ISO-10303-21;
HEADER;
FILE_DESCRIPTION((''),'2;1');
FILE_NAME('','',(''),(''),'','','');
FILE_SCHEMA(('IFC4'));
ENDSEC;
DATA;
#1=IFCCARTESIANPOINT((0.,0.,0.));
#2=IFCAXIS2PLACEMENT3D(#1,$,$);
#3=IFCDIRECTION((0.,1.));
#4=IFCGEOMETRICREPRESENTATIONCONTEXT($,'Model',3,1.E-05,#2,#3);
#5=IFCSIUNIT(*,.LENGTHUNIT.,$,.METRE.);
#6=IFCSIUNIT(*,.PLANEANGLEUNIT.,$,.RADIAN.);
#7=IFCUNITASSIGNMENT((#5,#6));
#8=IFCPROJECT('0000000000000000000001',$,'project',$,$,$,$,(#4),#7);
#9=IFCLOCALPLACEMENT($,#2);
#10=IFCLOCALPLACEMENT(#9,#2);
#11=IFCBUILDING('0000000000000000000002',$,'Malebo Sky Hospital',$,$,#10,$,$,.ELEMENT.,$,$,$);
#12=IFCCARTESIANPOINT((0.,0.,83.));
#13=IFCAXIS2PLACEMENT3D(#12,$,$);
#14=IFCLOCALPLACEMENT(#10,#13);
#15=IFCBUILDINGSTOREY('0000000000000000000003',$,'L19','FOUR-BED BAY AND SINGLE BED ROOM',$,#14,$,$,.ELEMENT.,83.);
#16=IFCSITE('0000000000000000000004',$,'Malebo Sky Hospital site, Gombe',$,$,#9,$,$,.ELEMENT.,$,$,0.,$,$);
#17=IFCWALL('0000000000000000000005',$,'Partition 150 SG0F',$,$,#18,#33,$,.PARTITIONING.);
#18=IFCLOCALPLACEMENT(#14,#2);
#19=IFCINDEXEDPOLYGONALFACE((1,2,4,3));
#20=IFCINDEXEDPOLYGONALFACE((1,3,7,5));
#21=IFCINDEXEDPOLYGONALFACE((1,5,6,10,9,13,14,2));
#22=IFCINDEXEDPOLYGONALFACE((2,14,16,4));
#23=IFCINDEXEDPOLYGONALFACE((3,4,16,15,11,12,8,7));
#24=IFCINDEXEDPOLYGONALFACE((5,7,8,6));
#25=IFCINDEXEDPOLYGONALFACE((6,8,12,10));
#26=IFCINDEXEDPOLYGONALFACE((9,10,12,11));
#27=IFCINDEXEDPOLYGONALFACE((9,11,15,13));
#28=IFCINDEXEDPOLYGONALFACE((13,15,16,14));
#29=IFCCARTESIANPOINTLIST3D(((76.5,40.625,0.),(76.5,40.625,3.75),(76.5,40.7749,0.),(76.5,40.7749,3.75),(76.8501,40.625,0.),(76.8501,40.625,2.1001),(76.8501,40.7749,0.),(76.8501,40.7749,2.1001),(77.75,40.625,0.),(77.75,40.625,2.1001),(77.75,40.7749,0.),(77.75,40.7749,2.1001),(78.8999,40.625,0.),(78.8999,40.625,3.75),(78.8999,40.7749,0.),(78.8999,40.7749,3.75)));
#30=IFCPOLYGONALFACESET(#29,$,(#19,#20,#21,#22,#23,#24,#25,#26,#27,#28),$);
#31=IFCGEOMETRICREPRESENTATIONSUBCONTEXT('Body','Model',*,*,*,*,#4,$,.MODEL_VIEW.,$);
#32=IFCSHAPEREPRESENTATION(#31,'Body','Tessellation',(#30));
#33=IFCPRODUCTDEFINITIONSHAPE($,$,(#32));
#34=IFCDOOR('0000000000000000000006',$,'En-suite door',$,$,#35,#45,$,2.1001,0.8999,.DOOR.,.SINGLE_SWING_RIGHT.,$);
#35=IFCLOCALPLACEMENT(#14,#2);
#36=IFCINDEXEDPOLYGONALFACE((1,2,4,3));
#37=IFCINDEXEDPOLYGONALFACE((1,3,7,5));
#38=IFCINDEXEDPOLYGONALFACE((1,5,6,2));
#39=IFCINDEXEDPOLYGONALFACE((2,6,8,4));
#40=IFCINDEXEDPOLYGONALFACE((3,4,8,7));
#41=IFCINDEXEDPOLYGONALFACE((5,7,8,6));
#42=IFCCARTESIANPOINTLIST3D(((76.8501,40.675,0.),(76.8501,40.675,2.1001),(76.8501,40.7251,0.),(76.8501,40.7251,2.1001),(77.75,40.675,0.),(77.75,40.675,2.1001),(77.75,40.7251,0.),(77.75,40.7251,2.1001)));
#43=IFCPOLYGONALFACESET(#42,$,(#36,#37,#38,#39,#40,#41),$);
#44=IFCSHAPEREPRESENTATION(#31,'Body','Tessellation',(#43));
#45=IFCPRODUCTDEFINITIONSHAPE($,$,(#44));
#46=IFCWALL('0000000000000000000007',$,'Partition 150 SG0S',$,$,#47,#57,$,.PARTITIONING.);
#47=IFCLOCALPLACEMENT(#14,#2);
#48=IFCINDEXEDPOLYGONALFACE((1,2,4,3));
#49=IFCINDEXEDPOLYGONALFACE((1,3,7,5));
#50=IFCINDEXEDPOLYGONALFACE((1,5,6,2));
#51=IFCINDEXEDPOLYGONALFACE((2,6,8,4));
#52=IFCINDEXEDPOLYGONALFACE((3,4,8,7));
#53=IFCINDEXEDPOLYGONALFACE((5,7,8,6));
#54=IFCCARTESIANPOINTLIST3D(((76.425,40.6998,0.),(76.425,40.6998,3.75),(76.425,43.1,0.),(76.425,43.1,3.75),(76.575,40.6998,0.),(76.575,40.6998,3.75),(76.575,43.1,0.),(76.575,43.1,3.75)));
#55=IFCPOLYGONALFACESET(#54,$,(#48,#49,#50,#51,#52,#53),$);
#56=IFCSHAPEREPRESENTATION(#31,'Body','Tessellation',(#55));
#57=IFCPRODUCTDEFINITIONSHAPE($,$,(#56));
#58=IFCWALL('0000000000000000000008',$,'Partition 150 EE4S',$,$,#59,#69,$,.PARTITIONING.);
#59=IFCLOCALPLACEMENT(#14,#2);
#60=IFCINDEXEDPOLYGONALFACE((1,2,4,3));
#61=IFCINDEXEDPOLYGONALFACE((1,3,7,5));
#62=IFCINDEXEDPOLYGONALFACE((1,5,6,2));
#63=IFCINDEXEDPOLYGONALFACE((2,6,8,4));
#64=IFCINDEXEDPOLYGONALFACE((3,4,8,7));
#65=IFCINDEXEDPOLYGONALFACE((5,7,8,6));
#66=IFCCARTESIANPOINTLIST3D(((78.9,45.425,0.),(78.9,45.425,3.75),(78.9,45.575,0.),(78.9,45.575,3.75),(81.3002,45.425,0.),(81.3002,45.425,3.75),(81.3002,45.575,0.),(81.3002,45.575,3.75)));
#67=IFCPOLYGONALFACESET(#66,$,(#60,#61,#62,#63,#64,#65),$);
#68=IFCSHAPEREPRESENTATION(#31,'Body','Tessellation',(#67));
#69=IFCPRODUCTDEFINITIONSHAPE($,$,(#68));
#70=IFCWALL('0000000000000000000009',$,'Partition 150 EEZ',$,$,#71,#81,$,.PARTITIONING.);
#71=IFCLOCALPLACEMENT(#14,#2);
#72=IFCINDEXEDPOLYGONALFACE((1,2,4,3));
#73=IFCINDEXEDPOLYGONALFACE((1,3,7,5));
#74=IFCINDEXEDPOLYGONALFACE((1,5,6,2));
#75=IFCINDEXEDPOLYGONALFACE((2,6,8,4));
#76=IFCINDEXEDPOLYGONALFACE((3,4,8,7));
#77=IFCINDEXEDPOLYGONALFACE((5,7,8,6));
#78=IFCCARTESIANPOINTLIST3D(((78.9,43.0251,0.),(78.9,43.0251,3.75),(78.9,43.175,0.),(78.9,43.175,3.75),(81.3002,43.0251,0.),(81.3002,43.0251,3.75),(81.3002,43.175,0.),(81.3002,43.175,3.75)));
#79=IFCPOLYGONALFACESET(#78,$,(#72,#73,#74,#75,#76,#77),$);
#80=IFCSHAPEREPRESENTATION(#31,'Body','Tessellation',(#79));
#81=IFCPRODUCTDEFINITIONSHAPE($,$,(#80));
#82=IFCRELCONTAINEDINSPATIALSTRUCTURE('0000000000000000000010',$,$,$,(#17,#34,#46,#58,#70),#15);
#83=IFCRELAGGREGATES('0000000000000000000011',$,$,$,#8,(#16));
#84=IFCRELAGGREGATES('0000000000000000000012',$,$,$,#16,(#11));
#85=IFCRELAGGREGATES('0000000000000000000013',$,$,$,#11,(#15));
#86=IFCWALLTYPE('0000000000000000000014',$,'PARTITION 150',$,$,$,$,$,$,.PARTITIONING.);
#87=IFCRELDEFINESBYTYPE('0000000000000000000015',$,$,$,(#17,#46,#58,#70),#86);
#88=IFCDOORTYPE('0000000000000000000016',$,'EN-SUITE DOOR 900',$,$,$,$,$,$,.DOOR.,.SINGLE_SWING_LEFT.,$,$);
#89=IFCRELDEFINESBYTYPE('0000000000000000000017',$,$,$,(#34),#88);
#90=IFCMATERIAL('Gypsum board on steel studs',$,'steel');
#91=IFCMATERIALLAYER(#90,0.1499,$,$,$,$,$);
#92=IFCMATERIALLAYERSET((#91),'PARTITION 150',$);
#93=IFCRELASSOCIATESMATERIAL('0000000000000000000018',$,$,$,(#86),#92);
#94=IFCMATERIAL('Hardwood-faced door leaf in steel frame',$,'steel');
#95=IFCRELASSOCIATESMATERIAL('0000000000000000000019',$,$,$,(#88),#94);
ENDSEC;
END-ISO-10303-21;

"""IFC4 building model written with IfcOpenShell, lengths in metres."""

from ifc_helpers import new_model, si_unit, direction, frame, frame_2d, origin, place, context, subcontext, project, spatial, rectangle, extrude, material, layer, layer_set, type_object, element, fill, save


model = new_model("IFC4")

# Units and contexts
model_context = context("Model", 3, precision=1e-05, world=origin(), true_north=direction((0.0, 1.0)))
body_context = subcontext(model_context, "Body", "Model", "MODEL_VIEW")
ifc_project = project(units=[si_unit("LENGTHUNIT", "METRE"), si_unit("PLANEANGLEUNIT", "RADIAN")], contexts=[model_context])

# Site, building, storey
site_placement = place(None, origin())
site = spatial("IfcSite", under=ifc_project, at=site_placement, Name="Malebo Sky Hospital site, Gombe", CompositionType="ELEMENT", RefElevation=0.0)
building_placement = place(site_placement, origin())
building = spatial("IfcBuilding", under=site, at=building_placement, Name="Malebo Sky Hospital", CompositionType="ELEMENT")
storey_placement = place(building_placement, frame((0.0, 0.0, 83.0)))
storey = spatial("IfcBuildingStorey", under=building, at=storey_placement, Name="L19", Description="FOUR-BED BAY AND SINGLE BED ROOM", CompositionType="ELEMENT", Elevation=83.0)

# Shared definitions
ifc_material_1 = material(Name="Gypsum board on steel studs", Category="steel")
ifc_material_2 = material(Name="Hardwood-faced door leaf in steel frame", Category="steel")

# Shared definitions
ifc_layer_1 = layer(ifc_material_1, 0.1499)
ifc_layer_set_1 = layer_set([ifc_layer_1], Name="PARTITION 150")
wall_type_1 = type_object("IfcWallType", Name="PARTITION 150", PredefinedType="PARTITIONING", material=ifc_layer_set_1)

# Wall, opening, door
wall_1_placement = place(storey_placement, frame((78.8999, 40.7, 0.0), z_axis=(0.0, 0.0, 1.0), x_axis=(-1.0, 0.0, 0.0)))
wall_1 = element("IfcWall", 1, at=wall_1_placement, inside=storey, type_object=wall_type_1, Name="Partition 150 SG0F", PredefinedType="PARTITIONING", context=body_context, shape_type="SweptSolid", body=[
    extrude(rectangle(XDim=2.3999, YDim=0.1499, at=frame_2d((1.2, 0.0))), origin(), (0.0, 0.0, 1.0), 3.75),
])
opening_1_placement = place(wall_1_placement, frame((1.1499, 0.0, 0.0)))
opening_1 = element("IfcOpeningElement", 2, at=opening_1_placement, cuts=wall_1, PredefinedType="OPENING", context=body_context, shape_type="SweptSolid", body=[
    extrude(rectangle(XDim=0.8999, YDim=2.1001, at=frame_2d((0.45, 1.05))), frame((0.0, 0.085, 0.0), z_axis=(0.0, -1.0, 0.0), x_axis=(1.0, 0.0, 0.0)), (0.0, 0.0, 1.0), 0.1699),
])
door_type_1 = type_object("IfcDoorType", Name="EN-SUITE DOOR 900", OperationType="SINGLE_SWING_LEFT", PredefinedType="DOOR", material=ifc_material_2)
door_1_placement = place(opening_1_placement, origin())
door_1 = element("IfcDoor", 3, at=door_1_placement, inside=storey, type_object=door_type_1, Name="En-suite door", OperationType="SINGLE_SWING_RIGHT", OverallHeight=2.1001, OverallWidth=0.8999, PredefinedType="DOOR", context=body_context, shape_type="SweptSolid", body=[
    extrude(rectangle(XDim=0.8999, YDim=2.1001, at=frame_2d((0.45, 1.05))), frame((0.0, 0.0249, 0.0), z_axis=(0.0, -1.0, 0.0), x_axis=(1.0, 0.0, 0.0)), (0.0, 0.0, 1.0), 0.05),
])
fill(opening_1, door_1)

# Walls
for number, where, z_axis, x_axis, name in (
    (4, (76.5, 43.1001, 0.0), (0.0, 0.0, 1.0), (0.0, -1.0, 0.0), "Partition 150 SG0S"),
    (5, (78.8999, 45.5, 0.0), (0.0, 0.0, 1.0), (1.0, 0.0, 0.0), "Partition 150 EE4S"),
    (6, (78.8999, 43.1001, 0.0), (0.0, 0.0, 1.0), (1.0, 0.0, 0.0), "Partition 150 EEZ"),
):
    element("IfcWall", number, at=place(storey_placement, frame(where, z_axis=z_axis, x_axis=x_axis)), inside=storey, type_object=wall_type_1, Name=name, PredefinedType="PARTITIONING", context=body_context, shape_type="SweptSolid", body=[
        extrude(rectangle(XDim=2.4001, YDim=0.1499, at=frame_2d((1.2002, 0.0))), origin(), (0.0, 0.0, 1.0), 3.75),
    ])

save(model, "model.ifc")
